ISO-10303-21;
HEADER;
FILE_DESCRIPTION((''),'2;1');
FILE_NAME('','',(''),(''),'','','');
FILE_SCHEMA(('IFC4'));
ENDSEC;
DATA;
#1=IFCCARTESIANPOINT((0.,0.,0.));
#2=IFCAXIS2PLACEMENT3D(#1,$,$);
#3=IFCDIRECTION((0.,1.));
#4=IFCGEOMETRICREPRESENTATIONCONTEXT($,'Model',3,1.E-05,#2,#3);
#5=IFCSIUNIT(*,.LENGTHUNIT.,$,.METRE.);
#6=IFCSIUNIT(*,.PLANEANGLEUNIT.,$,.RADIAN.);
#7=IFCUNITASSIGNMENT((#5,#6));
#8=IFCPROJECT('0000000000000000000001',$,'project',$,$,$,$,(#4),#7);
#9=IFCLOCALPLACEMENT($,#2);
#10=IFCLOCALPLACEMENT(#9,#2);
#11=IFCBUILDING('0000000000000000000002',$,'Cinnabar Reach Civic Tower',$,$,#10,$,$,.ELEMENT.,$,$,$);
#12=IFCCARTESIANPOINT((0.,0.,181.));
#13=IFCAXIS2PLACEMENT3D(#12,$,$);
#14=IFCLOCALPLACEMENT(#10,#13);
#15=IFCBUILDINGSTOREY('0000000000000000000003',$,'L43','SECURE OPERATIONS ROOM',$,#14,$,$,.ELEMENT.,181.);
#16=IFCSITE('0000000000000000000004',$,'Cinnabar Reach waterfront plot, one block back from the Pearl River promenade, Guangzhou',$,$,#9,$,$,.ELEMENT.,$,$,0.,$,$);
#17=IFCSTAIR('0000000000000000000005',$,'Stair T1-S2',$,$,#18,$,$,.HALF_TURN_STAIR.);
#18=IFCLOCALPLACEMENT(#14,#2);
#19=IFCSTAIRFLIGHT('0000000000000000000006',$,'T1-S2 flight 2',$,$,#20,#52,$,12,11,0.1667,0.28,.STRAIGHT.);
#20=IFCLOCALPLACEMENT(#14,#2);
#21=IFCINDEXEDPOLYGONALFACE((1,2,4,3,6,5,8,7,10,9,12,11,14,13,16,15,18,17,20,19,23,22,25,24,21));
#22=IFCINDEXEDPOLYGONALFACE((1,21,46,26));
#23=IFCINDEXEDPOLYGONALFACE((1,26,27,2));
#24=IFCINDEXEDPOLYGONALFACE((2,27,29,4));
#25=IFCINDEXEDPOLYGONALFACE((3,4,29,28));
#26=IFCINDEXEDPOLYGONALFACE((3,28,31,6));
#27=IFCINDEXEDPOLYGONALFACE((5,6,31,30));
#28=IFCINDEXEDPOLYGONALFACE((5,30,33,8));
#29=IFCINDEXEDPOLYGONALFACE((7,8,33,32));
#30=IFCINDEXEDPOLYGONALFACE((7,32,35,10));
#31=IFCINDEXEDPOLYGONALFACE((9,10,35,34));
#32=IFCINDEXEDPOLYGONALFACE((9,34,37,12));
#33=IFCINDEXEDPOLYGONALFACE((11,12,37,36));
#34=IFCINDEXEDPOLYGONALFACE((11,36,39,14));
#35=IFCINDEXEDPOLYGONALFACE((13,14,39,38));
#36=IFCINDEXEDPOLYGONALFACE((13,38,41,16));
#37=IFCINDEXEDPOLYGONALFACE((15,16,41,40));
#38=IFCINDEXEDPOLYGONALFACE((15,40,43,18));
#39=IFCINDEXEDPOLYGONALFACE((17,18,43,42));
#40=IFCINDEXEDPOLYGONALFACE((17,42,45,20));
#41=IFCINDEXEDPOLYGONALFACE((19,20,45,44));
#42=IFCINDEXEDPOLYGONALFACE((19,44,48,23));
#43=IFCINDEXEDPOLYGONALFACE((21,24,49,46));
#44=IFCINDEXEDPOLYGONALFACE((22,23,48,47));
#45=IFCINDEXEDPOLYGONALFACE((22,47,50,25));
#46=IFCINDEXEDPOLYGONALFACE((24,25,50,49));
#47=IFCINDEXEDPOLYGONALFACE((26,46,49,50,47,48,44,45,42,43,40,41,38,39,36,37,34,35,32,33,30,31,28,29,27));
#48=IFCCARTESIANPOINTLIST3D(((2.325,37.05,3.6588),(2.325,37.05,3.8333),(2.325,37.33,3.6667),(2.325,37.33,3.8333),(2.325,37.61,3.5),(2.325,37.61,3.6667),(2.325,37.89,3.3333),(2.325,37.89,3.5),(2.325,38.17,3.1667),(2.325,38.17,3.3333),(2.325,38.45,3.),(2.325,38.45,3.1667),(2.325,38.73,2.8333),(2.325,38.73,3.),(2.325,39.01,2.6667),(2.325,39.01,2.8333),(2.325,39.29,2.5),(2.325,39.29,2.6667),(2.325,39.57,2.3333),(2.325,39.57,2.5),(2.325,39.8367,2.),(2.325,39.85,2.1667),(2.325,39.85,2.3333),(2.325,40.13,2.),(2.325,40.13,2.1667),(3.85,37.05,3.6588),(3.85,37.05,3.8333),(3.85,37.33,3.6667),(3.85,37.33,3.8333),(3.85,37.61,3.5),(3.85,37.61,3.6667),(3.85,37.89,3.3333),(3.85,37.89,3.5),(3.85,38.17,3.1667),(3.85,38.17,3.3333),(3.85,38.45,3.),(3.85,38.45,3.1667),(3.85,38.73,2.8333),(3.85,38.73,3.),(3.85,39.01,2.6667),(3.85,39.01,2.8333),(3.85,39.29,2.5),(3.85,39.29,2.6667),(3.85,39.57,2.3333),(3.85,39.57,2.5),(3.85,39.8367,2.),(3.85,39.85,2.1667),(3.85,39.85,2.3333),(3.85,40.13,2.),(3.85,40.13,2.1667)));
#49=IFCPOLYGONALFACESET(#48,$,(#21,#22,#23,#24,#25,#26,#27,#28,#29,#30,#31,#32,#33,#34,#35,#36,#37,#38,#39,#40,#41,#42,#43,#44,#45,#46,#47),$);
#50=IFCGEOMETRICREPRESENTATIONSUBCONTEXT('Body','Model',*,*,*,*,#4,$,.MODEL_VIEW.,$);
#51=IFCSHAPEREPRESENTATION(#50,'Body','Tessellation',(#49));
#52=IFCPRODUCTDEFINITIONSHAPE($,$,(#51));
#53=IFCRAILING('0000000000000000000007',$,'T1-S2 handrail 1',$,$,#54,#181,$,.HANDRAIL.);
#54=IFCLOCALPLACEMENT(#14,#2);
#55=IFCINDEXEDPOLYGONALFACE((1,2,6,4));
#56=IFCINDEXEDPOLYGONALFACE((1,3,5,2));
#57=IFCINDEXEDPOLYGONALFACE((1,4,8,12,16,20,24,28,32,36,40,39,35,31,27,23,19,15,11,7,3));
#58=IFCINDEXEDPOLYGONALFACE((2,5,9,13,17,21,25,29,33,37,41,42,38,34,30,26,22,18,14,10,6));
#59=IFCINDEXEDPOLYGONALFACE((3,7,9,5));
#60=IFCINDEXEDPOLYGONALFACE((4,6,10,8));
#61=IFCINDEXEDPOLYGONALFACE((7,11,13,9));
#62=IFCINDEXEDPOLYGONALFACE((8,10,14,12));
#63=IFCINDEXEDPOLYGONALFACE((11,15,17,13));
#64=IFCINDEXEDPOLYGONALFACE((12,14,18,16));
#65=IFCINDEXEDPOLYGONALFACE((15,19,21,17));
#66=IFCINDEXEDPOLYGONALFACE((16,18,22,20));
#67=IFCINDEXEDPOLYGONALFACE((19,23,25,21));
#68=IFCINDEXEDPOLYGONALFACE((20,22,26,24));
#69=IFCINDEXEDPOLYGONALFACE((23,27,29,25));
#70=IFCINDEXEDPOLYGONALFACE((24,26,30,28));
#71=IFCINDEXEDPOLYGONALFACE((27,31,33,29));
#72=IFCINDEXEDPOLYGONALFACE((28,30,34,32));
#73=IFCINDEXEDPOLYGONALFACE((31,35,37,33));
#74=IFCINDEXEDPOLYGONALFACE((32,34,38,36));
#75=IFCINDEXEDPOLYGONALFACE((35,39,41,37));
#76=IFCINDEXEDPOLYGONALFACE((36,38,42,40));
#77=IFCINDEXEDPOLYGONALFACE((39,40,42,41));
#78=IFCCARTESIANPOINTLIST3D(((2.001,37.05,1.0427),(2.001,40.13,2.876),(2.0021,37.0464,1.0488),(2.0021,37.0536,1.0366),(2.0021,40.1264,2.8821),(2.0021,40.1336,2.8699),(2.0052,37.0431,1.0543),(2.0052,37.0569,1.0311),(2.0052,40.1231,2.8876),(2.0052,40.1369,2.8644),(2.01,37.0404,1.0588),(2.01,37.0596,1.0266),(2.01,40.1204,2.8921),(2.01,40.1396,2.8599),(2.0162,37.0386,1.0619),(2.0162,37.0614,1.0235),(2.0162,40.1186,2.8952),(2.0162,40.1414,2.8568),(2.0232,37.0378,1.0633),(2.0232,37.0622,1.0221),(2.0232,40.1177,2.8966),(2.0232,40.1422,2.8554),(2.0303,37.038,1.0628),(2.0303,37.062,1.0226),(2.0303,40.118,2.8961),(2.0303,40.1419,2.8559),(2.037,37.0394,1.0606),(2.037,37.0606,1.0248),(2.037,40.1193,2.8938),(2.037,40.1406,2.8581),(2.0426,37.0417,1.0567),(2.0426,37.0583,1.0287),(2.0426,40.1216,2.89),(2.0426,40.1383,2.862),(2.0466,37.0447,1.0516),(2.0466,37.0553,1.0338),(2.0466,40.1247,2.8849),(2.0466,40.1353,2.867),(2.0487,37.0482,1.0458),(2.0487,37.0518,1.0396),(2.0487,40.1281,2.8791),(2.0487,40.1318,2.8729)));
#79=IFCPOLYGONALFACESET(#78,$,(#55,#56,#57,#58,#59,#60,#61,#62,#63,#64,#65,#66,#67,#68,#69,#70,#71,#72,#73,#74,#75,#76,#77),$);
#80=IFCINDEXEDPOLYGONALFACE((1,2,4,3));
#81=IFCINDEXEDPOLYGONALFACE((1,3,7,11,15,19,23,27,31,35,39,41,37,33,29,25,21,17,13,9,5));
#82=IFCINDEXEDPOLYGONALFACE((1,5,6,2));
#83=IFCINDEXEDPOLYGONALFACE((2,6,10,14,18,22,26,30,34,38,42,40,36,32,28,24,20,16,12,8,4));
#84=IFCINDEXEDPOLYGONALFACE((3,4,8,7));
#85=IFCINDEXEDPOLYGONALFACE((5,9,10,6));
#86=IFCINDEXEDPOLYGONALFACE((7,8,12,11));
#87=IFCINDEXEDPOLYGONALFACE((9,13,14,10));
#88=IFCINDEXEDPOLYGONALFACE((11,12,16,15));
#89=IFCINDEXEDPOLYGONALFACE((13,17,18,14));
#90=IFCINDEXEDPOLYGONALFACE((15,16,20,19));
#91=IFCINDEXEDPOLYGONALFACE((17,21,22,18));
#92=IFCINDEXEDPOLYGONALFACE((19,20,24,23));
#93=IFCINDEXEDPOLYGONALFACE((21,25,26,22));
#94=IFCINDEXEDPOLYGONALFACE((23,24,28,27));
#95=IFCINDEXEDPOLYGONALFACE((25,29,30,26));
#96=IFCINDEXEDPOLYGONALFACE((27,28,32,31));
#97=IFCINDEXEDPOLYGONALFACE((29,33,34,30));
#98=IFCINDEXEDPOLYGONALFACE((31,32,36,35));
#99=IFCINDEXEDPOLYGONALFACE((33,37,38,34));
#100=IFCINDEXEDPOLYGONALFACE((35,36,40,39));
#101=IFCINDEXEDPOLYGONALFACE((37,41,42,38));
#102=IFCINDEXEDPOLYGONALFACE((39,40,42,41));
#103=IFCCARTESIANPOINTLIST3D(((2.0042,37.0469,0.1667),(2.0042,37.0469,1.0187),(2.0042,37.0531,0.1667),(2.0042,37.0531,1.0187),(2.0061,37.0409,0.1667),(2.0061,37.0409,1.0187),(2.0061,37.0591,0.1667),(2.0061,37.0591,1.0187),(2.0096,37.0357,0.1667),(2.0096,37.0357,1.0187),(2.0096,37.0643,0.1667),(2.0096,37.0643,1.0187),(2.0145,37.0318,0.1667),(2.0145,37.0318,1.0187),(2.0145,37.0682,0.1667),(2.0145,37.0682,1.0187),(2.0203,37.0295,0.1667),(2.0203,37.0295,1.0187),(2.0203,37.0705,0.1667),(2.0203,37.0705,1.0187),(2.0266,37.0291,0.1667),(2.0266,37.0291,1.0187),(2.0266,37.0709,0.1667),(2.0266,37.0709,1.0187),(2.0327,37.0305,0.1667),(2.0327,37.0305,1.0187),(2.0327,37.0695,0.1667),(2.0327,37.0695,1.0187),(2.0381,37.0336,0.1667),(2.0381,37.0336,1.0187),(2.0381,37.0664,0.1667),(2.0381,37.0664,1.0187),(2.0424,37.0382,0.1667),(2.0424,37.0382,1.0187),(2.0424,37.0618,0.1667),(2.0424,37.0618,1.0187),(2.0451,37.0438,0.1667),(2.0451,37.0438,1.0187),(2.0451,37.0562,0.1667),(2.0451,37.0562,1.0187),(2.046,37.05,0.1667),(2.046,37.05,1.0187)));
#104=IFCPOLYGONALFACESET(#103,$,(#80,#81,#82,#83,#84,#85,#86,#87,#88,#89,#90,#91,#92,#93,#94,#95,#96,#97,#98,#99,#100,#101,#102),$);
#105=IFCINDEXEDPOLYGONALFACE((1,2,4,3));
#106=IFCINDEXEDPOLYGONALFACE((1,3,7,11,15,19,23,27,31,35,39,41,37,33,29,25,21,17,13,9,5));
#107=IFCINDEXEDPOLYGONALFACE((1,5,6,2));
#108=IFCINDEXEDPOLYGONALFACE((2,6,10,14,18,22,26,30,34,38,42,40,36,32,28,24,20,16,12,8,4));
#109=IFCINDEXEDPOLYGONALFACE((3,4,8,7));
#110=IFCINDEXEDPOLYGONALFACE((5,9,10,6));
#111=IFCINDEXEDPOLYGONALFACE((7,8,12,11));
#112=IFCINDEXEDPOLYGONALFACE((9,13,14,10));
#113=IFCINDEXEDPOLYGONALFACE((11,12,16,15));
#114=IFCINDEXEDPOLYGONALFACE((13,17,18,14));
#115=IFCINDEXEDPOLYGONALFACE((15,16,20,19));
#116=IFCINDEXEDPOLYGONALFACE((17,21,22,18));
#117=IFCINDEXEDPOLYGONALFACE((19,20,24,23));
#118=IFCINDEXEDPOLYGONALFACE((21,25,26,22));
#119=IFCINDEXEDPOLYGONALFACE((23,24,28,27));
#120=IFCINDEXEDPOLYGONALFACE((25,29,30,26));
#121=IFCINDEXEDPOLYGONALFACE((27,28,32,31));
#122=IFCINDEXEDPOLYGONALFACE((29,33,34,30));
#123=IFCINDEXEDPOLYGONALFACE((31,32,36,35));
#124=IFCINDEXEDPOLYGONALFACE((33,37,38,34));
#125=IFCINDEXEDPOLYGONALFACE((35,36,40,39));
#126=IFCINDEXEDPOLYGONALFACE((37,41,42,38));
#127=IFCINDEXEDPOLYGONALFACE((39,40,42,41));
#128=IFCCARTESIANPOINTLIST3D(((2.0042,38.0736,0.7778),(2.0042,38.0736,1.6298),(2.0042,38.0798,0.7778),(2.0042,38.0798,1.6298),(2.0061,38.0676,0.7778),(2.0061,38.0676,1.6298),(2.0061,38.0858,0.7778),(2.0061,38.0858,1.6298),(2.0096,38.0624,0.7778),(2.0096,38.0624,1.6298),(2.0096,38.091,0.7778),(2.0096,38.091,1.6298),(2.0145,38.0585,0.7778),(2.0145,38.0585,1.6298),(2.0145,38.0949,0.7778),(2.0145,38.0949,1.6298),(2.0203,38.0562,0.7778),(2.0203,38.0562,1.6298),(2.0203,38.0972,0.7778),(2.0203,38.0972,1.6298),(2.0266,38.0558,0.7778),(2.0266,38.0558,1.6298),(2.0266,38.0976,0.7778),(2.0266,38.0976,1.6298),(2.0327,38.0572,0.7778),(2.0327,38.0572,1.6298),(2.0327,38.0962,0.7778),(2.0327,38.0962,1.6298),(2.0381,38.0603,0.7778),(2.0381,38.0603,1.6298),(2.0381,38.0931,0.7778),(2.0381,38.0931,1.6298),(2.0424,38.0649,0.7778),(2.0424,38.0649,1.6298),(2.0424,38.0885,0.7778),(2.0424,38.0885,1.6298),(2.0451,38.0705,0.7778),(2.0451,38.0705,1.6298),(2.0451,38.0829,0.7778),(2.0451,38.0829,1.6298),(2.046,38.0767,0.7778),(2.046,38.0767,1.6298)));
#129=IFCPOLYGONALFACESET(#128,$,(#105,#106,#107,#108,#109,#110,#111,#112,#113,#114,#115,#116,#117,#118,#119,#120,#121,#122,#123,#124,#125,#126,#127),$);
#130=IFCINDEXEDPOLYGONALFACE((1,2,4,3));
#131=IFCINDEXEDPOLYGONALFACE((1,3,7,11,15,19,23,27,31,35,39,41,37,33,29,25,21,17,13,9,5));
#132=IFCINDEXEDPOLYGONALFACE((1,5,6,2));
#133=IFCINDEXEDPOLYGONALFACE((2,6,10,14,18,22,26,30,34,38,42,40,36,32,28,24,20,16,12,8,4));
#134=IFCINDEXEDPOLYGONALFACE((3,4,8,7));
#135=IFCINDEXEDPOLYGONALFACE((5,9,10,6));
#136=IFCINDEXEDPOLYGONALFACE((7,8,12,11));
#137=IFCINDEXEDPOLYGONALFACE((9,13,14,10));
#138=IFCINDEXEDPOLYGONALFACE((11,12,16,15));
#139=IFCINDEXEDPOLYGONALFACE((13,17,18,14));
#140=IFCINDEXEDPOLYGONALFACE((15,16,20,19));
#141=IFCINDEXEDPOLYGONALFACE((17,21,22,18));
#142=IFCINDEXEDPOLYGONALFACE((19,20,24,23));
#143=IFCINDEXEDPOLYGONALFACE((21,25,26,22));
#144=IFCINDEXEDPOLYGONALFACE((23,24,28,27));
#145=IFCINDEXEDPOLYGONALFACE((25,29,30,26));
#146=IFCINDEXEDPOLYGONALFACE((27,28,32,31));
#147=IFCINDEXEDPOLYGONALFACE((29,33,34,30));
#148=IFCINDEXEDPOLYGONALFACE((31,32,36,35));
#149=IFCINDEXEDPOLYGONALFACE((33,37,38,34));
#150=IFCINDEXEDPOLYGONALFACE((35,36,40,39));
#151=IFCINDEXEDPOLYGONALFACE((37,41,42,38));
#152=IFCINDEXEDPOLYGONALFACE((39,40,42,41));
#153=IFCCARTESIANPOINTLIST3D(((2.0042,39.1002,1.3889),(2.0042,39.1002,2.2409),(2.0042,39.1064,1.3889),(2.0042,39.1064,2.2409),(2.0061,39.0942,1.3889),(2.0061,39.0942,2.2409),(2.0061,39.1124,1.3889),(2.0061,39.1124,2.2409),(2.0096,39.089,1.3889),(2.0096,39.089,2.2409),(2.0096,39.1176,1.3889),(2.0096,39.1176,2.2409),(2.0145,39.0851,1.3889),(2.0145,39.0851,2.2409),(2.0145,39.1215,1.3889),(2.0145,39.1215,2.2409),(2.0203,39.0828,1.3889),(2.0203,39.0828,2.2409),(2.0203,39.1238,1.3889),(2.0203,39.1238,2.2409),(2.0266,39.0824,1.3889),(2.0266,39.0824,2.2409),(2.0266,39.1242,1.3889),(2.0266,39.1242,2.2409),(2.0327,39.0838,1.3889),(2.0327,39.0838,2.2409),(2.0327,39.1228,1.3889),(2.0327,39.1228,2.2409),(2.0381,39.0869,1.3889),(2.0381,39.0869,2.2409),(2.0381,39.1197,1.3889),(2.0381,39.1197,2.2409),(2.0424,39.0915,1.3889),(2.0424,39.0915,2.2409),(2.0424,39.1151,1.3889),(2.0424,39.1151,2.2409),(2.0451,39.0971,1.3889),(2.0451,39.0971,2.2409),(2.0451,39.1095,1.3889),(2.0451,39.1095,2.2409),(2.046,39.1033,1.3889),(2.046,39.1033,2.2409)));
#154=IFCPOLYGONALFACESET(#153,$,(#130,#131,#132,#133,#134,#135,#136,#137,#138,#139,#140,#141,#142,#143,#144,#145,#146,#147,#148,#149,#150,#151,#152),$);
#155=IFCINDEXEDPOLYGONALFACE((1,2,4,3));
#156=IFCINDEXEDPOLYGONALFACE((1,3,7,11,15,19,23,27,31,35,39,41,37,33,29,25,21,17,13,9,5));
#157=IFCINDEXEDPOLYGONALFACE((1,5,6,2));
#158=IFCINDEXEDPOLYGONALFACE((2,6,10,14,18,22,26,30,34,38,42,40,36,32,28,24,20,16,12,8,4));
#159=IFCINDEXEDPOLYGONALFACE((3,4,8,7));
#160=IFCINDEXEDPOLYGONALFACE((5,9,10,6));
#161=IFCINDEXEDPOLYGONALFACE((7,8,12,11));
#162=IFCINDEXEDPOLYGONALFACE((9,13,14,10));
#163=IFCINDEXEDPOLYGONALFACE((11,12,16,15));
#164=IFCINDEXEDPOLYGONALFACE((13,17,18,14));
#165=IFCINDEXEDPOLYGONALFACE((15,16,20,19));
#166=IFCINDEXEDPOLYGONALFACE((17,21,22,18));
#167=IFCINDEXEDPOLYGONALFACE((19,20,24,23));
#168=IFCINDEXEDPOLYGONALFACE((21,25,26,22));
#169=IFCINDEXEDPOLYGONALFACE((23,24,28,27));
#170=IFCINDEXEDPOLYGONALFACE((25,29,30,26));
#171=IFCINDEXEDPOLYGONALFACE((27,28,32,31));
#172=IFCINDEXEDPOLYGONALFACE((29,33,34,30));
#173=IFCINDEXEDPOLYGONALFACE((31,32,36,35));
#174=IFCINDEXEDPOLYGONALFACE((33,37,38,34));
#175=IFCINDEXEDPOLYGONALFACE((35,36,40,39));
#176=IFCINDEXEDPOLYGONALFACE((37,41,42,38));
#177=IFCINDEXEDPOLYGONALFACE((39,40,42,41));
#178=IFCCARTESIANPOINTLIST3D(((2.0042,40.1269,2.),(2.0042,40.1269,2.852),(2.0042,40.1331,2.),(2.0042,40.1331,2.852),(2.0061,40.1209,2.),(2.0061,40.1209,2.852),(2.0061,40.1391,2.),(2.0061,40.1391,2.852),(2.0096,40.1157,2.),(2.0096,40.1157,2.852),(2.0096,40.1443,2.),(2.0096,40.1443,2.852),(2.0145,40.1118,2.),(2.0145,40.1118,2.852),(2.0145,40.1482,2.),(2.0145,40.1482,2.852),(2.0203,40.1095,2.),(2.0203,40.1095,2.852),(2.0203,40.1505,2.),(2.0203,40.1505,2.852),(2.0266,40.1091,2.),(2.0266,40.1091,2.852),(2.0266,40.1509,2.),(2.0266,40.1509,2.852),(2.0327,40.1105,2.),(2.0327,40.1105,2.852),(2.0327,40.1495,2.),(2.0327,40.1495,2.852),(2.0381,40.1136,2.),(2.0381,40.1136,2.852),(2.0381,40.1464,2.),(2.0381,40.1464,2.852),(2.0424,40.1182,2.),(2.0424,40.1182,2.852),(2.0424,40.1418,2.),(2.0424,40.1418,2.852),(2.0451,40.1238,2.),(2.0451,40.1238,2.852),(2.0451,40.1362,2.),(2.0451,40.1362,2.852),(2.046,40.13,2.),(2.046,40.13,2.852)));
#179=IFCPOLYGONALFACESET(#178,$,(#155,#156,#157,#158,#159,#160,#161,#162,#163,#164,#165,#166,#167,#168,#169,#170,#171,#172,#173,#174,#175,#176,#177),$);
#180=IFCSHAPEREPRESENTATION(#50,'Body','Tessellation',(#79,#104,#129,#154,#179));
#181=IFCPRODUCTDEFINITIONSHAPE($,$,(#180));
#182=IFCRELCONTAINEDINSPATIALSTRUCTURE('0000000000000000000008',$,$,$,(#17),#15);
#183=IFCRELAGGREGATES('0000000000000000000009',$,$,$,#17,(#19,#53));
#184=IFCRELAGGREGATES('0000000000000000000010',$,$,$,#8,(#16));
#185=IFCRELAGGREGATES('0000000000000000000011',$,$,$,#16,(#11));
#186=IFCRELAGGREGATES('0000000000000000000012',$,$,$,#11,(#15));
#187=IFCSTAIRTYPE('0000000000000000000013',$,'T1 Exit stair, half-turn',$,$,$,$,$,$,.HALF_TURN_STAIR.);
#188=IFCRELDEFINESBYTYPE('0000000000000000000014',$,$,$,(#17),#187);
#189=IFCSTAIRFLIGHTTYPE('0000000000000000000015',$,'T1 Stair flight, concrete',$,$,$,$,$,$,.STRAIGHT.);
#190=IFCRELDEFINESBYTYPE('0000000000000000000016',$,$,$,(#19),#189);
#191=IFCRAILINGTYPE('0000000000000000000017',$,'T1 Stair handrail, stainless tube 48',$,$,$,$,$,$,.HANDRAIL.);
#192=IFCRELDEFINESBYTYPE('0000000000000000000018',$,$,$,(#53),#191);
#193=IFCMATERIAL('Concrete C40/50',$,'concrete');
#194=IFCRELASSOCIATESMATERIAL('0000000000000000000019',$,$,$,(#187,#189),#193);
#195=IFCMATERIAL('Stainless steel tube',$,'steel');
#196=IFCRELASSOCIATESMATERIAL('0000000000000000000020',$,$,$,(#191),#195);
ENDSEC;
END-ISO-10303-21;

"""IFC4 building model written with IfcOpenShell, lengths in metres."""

from ifc_helpers import new_model, si_unit, direction, frame, origin, origin_2d, place, context, subcontext, project, spatial, polyline, circle, outline, extrude, material, type_object, element, aggregate, save


model = new_model("IFC4")

# Units and contexts
model_context = context("Model", 3, precision=1e-05, world=origin(), true_north=direction((0.0, 1.0)))
body_context = subcontext(model_context, "Body", "Model", "MODEL_VIEW")
ifc_project = project(units=[si_unit("LENGTHUNIT", "METRE"), si_unit("PLANEANGLEUNIT", "RADIAN")], contexts=[model_context])

# Site, building, storey
site_placement = place(None, origin())
site = spatial("IfcSite", under=ifc_project, at=site_placement, Name="Cinnabar Reach waterfront plot, one block back from the Pearl River promenade, Guangzhou", CompositionType="ELEMENT", RefElevation=0.0)
building_placement = place(site_placement, origin())
building = spatial("IfcBuilding", under=site, at=building_placement, Name="Cinnabar Reach Civic Tower", CompositionType="ELEMENT")
storey_placement = place(building_placement, frame((0.0, 0.0, 181.0)))
storey = spatial("IfcBuildingStorey", under=building, at=storey_placement, Name="L43", Description="SECURE OPERATIONS ROOM", CompositionType="ELEMENT", Elevation=181.0)

# Shared definitions
ifc_material_1 = material(Name="Concrete C40/50", Category="concrete")

# Stair, stair flight, railing
stair_type = type_object("IfcStairType", Name="T1 Exit stair, half-turn", PredefinedType="HALF_TURN_STAIR", material=ifc_material_1)
stair_placement = place(storey_placement, origin())
stair = element("IfcStair", 1, at=stair_placement, inside=storey, type_object=stair_type, Name="Stair T1-S2", PredefinedType="HALF_TURN_STAIR")
stair_flight_type = type_object("IfcStairFlightType", Name="T1 Stair flight, concrete", PredefinedType="STRAIGHT", material=ifc_material_1)
stair_flight_1_placement = place(storey_placement, frame((3.0875, 40.13, 2.0), z_axis=(0.0, 0.0, 1.0), x_axis=(0.0, -1.0, 0.0)))
stair_flight_1 = element("IfcStairFlight", 2, at=stair_flight_1_placement, type_object=stair_flight_type, Name="T1-S2 flight 2", NumberOfRisers=12, NumberOfTreads=11, PredefinedType="STRAIGHT", RiserHeight=0.1667, TreadLength=0.28, context=body_context, shape_type="SweptSolid", body=[
    extrude(outline(polyline([(0.0, 0.0), (0.0, 0.1667), (0.28, 0.1667), (0.28, 0.3333), (0.56, 0.3333), (0.56, 0.5), (0.84, 0.5), (0.84, 0.6667), (1.12, 0.6667), (1.12, 0.8333), (1.4, 0.8333), (1.4, 1.0), (1.68, 1.0), (1.68, 1.1667), (1.96, 1.1667), (1.96, 1.3333), (2.24, 1.3333), (2.24, 1.5), (2.52, 1.5), (2.52, 1.6667), (2.8, 1.6667), (2.8, 1.8333), (3.08, 1.8333), (3.08, 2.0), (3.08, 1.6588), (0.2933, 0.0), (0.0, 0.0)])), frame((0.0, 0.7625, 0.0), z_axis=(0.0, -1.0, 0.0), x_axis=(1.0, 0.0, 0.0)), (0.0, 0.0, 1.0), 1.525),
])
ifc_material_2 = material(Name="Stainless steel tube", Category="steel")
railing_type = type_object("IfcRailingType", Name="T1 Stair handrail, stainless tube 48", PredefinedType="HANDRAIL", material=ifc_material_2)
railing_1_placement = place(storey_placement, frame((2.025, 37.05, 0.1667)))
railing_1 = element("IfcRailing", 3, at=railing_1_placement, type_object=railing_type, Name="T1-S2 handrail 1", PredefinedType="HANDRAIL", context=body_context, shape_type="SweptSolid", body=[
    extrude(circle(Radius=0.024, at=origin_2d()), frame((0.0, 0.0, 0.876), z_axis=(0.0, 0.859297, 0.511477), x_axis=(-1.0, 0.0, 0.0)), (0.0, 0.0, 1.0), 3.5843),
    extrude(circle(Radius=0.021, at=origin_2d()), origin(), (0.0, 0.0, 1.0), 0.852),
    extrude(circle(Radius=0.021, at=origin_2d()), frame((0.0, 1.0267, 0.6111)), (0.0, 0.0, 1.0), 0.852),
    extrude(circle(Radius=0.021, at=origin_2d()), frame((0.0, 2.0533, 1.2222)), (0.0, 0.0, 1.0), 0.852),
    extrude(circle(Radius=0.021, at=origin_2d()), frame((0.0, 3.08, 1.8333)), (0.0, 0.0, 1.0), 0.852),
])
aggregate(stair, [stair_flight_1, railing_1])

save(model, "model.ifc")
